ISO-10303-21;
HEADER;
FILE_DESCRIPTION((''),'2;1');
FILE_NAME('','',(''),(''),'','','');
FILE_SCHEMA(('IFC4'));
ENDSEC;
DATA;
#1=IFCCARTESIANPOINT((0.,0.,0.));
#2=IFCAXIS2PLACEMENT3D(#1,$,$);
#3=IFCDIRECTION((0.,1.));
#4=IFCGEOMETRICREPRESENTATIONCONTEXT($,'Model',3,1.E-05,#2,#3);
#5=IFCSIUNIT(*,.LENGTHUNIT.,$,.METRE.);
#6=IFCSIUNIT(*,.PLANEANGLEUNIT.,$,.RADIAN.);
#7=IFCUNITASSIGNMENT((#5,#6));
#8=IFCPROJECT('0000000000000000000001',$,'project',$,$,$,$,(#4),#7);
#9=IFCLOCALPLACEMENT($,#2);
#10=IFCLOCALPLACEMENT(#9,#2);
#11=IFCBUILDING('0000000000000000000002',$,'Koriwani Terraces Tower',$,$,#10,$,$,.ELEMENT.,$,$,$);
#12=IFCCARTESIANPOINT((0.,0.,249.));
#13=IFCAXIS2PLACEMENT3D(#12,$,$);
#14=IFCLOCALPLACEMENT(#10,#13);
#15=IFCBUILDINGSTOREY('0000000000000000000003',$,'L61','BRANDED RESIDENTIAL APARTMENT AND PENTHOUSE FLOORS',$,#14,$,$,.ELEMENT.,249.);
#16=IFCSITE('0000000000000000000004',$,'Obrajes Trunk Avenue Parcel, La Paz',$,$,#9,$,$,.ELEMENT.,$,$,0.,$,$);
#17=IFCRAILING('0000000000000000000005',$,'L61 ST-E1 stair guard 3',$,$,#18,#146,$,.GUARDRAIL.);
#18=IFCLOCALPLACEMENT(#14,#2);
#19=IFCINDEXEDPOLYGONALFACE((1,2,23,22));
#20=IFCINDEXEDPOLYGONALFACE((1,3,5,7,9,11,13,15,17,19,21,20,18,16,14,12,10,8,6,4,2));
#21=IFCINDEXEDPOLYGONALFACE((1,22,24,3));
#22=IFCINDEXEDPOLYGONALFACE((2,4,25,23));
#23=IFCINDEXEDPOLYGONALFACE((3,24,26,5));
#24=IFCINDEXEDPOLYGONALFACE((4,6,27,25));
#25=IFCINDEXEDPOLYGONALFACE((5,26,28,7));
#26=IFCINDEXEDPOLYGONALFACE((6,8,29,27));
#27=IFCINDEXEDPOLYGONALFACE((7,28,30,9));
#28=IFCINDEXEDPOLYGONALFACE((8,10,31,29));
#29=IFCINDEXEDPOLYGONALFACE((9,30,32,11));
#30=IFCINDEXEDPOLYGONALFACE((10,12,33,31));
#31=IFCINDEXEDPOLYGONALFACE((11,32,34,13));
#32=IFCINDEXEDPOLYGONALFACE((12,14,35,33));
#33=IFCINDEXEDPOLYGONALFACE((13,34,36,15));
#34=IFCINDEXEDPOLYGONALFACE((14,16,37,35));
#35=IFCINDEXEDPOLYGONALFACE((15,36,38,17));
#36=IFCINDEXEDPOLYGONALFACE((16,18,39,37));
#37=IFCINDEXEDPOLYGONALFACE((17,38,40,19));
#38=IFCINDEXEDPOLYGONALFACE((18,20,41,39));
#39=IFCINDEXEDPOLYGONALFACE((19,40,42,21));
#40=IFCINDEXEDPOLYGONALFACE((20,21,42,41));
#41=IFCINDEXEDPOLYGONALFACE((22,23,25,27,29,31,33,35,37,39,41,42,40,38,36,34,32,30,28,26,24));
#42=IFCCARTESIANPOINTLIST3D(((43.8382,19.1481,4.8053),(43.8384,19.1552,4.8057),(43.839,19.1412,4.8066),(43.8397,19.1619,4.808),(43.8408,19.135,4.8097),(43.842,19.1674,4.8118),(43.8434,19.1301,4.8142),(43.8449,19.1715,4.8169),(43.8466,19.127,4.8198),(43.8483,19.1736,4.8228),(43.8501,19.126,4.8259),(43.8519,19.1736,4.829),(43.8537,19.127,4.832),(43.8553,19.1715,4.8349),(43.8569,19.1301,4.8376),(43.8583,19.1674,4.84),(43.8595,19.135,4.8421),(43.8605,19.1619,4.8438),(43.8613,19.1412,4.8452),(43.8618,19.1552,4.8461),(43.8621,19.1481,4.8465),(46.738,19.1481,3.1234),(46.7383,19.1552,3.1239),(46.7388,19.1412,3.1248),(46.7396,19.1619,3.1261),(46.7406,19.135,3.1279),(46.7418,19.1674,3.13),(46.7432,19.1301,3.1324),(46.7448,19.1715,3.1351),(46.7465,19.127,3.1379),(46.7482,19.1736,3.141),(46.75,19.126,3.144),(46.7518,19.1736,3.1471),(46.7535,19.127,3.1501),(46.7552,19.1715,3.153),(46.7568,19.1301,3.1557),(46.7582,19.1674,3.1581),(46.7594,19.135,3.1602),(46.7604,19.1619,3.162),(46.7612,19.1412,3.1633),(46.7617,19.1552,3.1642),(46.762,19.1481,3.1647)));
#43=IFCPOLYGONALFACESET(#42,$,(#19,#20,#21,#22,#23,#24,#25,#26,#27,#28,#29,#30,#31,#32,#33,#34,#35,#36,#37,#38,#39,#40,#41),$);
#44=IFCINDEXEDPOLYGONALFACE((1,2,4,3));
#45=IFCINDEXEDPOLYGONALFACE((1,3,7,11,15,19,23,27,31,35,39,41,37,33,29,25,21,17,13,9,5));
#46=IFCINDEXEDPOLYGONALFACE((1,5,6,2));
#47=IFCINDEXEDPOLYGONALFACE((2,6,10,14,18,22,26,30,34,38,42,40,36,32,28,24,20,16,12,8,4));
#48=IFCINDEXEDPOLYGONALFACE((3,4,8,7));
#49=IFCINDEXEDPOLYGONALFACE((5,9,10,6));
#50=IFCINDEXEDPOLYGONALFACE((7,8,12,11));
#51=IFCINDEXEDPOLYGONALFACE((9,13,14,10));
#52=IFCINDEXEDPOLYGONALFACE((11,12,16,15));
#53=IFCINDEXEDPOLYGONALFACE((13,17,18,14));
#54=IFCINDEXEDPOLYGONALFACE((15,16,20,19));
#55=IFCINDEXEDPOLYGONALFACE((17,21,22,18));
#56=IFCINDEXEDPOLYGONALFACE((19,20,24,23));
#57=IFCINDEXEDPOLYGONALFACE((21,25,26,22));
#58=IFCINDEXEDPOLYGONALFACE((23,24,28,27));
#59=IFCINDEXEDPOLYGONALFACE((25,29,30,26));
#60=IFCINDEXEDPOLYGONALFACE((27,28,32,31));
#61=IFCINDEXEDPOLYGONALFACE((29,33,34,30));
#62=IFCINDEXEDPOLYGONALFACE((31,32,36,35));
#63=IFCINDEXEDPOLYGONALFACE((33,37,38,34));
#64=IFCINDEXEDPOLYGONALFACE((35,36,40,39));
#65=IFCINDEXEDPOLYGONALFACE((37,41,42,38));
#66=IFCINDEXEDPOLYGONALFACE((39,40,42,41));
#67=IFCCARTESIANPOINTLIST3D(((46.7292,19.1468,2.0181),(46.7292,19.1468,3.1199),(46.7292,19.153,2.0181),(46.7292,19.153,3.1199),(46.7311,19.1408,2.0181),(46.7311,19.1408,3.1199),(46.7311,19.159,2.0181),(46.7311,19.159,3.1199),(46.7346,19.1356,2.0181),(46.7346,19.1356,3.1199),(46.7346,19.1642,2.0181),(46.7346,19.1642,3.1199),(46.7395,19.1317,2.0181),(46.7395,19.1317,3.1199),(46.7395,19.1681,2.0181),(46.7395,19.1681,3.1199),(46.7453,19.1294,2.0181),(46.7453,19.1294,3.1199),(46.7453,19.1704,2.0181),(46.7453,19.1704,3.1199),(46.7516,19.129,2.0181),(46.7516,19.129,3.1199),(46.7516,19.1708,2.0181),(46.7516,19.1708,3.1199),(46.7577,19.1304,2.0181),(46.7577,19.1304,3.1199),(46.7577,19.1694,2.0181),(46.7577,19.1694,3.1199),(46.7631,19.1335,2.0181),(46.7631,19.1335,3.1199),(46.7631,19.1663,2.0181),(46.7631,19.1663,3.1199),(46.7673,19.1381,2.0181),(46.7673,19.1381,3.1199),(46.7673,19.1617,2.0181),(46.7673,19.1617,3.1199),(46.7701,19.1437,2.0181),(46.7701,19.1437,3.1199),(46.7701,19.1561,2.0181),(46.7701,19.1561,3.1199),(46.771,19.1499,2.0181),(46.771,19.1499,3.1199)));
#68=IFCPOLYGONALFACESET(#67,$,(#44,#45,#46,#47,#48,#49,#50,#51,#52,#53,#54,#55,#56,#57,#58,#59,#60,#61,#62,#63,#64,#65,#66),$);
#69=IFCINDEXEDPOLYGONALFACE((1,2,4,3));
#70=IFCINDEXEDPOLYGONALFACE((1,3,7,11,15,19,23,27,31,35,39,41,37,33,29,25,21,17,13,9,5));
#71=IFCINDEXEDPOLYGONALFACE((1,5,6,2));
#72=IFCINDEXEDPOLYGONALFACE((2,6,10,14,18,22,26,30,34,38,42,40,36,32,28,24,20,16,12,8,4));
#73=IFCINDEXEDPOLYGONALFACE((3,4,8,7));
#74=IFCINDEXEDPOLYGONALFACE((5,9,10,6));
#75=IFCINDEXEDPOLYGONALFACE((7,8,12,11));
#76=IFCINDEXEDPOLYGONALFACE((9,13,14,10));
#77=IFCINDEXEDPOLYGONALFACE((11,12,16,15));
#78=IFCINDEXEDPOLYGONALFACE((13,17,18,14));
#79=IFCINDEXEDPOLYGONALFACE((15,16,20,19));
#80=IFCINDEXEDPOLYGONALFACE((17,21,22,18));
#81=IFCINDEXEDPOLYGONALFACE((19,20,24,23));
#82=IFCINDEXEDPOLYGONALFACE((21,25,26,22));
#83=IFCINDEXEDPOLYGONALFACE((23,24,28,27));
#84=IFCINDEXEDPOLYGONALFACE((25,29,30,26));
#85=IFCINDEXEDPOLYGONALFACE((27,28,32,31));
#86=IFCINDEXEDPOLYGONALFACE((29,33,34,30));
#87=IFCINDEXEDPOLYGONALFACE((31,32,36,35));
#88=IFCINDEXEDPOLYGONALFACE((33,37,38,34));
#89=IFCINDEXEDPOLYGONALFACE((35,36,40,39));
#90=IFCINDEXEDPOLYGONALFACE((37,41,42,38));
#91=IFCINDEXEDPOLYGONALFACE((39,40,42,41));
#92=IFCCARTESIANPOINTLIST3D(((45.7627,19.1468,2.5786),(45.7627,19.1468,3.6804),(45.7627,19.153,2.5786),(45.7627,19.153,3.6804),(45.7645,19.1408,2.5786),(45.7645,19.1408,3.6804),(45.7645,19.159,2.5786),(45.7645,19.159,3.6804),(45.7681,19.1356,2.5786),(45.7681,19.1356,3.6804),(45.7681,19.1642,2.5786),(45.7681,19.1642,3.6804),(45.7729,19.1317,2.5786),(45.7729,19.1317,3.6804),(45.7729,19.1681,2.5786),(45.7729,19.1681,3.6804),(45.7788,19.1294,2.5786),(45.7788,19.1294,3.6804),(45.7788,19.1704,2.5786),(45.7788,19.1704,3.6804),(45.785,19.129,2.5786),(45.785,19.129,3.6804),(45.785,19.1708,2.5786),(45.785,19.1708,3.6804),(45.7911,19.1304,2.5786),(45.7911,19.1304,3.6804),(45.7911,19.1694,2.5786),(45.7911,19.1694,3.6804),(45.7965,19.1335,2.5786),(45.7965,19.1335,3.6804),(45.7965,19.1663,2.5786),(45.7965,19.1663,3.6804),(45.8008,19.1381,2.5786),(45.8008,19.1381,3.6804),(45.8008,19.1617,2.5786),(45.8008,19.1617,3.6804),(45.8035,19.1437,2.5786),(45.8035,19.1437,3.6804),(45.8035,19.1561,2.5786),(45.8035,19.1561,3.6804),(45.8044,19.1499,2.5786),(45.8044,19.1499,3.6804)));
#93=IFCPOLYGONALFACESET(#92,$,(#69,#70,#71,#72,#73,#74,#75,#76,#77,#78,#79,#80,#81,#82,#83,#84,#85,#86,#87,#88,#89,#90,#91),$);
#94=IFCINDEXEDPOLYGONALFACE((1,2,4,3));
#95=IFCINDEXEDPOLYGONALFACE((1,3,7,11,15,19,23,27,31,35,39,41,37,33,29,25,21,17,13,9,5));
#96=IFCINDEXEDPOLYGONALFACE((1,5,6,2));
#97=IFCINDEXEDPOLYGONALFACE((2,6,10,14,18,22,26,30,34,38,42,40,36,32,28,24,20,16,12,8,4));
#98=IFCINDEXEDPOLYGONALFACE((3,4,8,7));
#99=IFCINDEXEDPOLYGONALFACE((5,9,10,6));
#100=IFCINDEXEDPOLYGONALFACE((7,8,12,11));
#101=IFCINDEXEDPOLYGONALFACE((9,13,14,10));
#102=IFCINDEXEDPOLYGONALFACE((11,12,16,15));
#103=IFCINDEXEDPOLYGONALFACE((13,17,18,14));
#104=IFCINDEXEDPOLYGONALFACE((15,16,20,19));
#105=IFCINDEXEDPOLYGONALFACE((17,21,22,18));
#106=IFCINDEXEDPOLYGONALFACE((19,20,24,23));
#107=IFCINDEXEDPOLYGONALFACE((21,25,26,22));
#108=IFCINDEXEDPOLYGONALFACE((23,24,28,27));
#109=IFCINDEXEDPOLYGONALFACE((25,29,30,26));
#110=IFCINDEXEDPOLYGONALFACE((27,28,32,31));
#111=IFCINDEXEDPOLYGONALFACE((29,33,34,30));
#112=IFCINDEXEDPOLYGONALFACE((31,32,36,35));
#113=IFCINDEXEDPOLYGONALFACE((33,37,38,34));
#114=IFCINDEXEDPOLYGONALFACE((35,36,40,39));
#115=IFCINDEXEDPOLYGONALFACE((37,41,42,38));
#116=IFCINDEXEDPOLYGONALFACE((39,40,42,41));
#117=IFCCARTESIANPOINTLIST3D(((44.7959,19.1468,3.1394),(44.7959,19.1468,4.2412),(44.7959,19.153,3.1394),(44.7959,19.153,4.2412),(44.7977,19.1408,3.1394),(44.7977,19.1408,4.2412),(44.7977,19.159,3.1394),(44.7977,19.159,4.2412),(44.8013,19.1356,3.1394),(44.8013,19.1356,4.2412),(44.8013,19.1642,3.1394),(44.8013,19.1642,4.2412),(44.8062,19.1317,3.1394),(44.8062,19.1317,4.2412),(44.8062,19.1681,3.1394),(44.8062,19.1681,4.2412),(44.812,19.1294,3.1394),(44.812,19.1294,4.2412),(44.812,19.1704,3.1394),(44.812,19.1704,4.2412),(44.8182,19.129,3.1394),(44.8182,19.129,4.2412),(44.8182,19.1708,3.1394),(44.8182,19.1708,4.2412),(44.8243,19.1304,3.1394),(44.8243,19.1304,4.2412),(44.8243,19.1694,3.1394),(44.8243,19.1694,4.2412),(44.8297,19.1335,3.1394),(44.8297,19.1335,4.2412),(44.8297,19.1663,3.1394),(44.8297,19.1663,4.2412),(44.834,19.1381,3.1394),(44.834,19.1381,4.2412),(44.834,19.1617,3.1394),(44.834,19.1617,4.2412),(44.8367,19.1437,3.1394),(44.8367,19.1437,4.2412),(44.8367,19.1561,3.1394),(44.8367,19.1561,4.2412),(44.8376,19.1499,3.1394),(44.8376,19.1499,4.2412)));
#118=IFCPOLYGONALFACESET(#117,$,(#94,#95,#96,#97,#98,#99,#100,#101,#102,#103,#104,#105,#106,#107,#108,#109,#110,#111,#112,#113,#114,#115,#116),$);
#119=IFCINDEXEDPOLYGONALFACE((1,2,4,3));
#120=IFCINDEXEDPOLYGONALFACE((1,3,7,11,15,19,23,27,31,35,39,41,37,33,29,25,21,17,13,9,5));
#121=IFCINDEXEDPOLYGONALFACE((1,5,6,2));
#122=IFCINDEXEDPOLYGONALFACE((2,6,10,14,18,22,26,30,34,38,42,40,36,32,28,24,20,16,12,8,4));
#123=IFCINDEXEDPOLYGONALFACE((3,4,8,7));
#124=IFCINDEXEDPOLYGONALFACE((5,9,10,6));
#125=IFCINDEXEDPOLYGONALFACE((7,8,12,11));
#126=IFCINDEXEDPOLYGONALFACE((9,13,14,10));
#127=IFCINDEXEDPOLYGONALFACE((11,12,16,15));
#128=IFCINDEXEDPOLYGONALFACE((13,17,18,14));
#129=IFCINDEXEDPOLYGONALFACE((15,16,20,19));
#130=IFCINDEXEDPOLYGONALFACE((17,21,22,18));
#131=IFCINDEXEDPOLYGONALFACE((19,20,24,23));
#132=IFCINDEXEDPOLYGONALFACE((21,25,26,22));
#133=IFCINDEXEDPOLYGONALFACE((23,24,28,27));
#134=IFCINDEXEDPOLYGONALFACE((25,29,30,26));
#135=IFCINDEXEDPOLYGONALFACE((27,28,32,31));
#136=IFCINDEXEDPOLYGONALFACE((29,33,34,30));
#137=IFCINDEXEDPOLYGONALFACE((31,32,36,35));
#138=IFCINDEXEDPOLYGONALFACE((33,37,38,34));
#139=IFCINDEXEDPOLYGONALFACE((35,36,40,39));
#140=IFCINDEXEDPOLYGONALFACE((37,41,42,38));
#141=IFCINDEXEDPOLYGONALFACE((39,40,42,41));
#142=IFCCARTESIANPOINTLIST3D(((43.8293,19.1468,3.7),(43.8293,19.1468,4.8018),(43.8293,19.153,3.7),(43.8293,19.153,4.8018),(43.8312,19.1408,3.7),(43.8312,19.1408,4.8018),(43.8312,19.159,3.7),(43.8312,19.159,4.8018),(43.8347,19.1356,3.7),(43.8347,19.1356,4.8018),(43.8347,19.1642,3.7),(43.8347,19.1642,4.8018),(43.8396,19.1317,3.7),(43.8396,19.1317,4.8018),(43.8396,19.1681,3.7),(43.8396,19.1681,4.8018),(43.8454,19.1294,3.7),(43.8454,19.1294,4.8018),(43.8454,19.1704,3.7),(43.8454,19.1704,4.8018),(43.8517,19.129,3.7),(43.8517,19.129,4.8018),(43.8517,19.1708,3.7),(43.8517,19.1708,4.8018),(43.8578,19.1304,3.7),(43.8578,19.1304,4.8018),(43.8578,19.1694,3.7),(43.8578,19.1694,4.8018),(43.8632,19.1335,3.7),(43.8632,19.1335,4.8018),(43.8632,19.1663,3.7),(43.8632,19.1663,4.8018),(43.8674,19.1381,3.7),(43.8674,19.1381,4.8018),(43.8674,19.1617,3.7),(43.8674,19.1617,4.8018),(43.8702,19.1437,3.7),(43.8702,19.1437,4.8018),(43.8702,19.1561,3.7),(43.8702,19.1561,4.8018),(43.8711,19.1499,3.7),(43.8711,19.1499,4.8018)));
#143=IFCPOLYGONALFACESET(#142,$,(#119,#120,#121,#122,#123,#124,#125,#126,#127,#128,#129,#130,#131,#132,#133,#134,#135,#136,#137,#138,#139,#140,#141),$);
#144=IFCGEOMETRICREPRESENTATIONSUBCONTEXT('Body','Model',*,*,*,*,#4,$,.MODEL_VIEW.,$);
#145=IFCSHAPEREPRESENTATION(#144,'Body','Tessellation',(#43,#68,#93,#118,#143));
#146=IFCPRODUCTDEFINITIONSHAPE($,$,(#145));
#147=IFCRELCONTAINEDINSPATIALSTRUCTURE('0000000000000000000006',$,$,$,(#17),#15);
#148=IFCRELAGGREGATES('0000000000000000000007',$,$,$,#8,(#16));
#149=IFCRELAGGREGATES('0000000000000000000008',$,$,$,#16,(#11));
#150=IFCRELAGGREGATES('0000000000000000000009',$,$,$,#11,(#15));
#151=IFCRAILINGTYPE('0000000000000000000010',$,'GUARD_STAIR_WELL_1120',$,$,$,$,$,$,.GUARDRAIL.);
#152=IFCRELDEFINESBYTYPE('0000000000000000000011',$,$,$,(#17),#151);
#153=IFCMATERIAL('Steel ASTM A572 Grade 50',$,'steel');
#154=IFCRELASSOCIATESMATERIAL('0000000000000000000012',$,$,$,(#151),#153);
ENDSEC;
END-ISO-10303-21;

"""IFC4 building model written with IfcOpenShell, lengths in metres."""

from ifc_helpers import new_model, si_unit, direction, frame, origin, origin_2d, place, context, subcontext, project, spatial, circle, extrude, material, type_object, element, save


model = new_model("IFC4")

# Units and contexts
model_context = context("Model", 3, precision=1e-05, world=origin(), true_north=direction((0.0, 1.0)))
body_context = subcontext(model_context, "Body", "Model", "MODEL_VIEW")
ifc_project = project(units=[si_unit("LENGTHUNIT", "METRE"), si_unit("PLANEANGLEUNIT", "RADIAN")], contexts=[model_context])

# Site, building, storey
site_placement = place(None, origin())
site = spatial("IfcSite", under=ifc_project, at=site_placement, Name="Obrajes Trunk Avenue Parcel, La Paz", CompositionType="ELEMENT", RefElevation=0.0)
building_placement = place(site_placement, origin())
building = spatial("IfcBuilding", under=site, at=building_placement, Name="Koriwani Terraces Tower", CompositionType="ELEMENT")
storey_placement = place(building_placement, frame((0.0, 0.0, 249.0)))
storey = spatial("IfcBuildingStorey", under=building, at=storey_placement, Name="L61", Description="BRANDED RESIDENTIAL APARTMENT AND PENTHOUSE FLOORS", CompositionType="ELEMENT", Elevation=249.0)

# Shared definitions
ifc_material_1 = material(Name="Steel ASTM A572 Grade 50", Category="steel")

# Railing
railing_type_1 = type_object("IfcRailingType", Name="GUARD_STAIR_WELL_1120", PredefinedType="GUARDRAIL", material=ifc_material_1)
railing_1_placement = place(storey_placement, frame((46.75, 19.1499, 2.0181)))
element("IfcRailing", 1, at=railing_1_placement, inside=storey, type_object=railing_type_1, Name="L61 ST-E1 stair guard 3", PredefinedType="GUARDRAIL", context=body_context, shape_type="SweptSolid", body=[
    extrude(circle(Radius=0.0239, at=origin_2d()), frame((0.0, 0.0, 1.126), z_axis=(-0.865039, 0.0, 0.501705), x_axis=(0.0, -1.0, 0.0)), (0.0, 0.0, 1.0), 3.3523),
    extrude(circle(Radius=0.021, at=origin_2d()), origin(), (0.0, 0.0, 1.0), 1.1018),
    extrude(circle(Radius=0.021, at=origin_2d()), frame((-0.9666, 0.0, 0.5605)), (0.0, 0.0, 1.0), 1.1018),
    extrude(circle(Radius=0.021, at=origin_2d()), frame((-1.9333, 0.0, 1.1213)), (0.0, 0.0, 1.0), 1.1018),
    extrude(circle(Radius=0.021, at=origin_2d()), frame((-2.8999, 0.0, 1.6819)), (0.0, 0.0, 1.0), 1.1018),
])

save(model, "model.ifc")
